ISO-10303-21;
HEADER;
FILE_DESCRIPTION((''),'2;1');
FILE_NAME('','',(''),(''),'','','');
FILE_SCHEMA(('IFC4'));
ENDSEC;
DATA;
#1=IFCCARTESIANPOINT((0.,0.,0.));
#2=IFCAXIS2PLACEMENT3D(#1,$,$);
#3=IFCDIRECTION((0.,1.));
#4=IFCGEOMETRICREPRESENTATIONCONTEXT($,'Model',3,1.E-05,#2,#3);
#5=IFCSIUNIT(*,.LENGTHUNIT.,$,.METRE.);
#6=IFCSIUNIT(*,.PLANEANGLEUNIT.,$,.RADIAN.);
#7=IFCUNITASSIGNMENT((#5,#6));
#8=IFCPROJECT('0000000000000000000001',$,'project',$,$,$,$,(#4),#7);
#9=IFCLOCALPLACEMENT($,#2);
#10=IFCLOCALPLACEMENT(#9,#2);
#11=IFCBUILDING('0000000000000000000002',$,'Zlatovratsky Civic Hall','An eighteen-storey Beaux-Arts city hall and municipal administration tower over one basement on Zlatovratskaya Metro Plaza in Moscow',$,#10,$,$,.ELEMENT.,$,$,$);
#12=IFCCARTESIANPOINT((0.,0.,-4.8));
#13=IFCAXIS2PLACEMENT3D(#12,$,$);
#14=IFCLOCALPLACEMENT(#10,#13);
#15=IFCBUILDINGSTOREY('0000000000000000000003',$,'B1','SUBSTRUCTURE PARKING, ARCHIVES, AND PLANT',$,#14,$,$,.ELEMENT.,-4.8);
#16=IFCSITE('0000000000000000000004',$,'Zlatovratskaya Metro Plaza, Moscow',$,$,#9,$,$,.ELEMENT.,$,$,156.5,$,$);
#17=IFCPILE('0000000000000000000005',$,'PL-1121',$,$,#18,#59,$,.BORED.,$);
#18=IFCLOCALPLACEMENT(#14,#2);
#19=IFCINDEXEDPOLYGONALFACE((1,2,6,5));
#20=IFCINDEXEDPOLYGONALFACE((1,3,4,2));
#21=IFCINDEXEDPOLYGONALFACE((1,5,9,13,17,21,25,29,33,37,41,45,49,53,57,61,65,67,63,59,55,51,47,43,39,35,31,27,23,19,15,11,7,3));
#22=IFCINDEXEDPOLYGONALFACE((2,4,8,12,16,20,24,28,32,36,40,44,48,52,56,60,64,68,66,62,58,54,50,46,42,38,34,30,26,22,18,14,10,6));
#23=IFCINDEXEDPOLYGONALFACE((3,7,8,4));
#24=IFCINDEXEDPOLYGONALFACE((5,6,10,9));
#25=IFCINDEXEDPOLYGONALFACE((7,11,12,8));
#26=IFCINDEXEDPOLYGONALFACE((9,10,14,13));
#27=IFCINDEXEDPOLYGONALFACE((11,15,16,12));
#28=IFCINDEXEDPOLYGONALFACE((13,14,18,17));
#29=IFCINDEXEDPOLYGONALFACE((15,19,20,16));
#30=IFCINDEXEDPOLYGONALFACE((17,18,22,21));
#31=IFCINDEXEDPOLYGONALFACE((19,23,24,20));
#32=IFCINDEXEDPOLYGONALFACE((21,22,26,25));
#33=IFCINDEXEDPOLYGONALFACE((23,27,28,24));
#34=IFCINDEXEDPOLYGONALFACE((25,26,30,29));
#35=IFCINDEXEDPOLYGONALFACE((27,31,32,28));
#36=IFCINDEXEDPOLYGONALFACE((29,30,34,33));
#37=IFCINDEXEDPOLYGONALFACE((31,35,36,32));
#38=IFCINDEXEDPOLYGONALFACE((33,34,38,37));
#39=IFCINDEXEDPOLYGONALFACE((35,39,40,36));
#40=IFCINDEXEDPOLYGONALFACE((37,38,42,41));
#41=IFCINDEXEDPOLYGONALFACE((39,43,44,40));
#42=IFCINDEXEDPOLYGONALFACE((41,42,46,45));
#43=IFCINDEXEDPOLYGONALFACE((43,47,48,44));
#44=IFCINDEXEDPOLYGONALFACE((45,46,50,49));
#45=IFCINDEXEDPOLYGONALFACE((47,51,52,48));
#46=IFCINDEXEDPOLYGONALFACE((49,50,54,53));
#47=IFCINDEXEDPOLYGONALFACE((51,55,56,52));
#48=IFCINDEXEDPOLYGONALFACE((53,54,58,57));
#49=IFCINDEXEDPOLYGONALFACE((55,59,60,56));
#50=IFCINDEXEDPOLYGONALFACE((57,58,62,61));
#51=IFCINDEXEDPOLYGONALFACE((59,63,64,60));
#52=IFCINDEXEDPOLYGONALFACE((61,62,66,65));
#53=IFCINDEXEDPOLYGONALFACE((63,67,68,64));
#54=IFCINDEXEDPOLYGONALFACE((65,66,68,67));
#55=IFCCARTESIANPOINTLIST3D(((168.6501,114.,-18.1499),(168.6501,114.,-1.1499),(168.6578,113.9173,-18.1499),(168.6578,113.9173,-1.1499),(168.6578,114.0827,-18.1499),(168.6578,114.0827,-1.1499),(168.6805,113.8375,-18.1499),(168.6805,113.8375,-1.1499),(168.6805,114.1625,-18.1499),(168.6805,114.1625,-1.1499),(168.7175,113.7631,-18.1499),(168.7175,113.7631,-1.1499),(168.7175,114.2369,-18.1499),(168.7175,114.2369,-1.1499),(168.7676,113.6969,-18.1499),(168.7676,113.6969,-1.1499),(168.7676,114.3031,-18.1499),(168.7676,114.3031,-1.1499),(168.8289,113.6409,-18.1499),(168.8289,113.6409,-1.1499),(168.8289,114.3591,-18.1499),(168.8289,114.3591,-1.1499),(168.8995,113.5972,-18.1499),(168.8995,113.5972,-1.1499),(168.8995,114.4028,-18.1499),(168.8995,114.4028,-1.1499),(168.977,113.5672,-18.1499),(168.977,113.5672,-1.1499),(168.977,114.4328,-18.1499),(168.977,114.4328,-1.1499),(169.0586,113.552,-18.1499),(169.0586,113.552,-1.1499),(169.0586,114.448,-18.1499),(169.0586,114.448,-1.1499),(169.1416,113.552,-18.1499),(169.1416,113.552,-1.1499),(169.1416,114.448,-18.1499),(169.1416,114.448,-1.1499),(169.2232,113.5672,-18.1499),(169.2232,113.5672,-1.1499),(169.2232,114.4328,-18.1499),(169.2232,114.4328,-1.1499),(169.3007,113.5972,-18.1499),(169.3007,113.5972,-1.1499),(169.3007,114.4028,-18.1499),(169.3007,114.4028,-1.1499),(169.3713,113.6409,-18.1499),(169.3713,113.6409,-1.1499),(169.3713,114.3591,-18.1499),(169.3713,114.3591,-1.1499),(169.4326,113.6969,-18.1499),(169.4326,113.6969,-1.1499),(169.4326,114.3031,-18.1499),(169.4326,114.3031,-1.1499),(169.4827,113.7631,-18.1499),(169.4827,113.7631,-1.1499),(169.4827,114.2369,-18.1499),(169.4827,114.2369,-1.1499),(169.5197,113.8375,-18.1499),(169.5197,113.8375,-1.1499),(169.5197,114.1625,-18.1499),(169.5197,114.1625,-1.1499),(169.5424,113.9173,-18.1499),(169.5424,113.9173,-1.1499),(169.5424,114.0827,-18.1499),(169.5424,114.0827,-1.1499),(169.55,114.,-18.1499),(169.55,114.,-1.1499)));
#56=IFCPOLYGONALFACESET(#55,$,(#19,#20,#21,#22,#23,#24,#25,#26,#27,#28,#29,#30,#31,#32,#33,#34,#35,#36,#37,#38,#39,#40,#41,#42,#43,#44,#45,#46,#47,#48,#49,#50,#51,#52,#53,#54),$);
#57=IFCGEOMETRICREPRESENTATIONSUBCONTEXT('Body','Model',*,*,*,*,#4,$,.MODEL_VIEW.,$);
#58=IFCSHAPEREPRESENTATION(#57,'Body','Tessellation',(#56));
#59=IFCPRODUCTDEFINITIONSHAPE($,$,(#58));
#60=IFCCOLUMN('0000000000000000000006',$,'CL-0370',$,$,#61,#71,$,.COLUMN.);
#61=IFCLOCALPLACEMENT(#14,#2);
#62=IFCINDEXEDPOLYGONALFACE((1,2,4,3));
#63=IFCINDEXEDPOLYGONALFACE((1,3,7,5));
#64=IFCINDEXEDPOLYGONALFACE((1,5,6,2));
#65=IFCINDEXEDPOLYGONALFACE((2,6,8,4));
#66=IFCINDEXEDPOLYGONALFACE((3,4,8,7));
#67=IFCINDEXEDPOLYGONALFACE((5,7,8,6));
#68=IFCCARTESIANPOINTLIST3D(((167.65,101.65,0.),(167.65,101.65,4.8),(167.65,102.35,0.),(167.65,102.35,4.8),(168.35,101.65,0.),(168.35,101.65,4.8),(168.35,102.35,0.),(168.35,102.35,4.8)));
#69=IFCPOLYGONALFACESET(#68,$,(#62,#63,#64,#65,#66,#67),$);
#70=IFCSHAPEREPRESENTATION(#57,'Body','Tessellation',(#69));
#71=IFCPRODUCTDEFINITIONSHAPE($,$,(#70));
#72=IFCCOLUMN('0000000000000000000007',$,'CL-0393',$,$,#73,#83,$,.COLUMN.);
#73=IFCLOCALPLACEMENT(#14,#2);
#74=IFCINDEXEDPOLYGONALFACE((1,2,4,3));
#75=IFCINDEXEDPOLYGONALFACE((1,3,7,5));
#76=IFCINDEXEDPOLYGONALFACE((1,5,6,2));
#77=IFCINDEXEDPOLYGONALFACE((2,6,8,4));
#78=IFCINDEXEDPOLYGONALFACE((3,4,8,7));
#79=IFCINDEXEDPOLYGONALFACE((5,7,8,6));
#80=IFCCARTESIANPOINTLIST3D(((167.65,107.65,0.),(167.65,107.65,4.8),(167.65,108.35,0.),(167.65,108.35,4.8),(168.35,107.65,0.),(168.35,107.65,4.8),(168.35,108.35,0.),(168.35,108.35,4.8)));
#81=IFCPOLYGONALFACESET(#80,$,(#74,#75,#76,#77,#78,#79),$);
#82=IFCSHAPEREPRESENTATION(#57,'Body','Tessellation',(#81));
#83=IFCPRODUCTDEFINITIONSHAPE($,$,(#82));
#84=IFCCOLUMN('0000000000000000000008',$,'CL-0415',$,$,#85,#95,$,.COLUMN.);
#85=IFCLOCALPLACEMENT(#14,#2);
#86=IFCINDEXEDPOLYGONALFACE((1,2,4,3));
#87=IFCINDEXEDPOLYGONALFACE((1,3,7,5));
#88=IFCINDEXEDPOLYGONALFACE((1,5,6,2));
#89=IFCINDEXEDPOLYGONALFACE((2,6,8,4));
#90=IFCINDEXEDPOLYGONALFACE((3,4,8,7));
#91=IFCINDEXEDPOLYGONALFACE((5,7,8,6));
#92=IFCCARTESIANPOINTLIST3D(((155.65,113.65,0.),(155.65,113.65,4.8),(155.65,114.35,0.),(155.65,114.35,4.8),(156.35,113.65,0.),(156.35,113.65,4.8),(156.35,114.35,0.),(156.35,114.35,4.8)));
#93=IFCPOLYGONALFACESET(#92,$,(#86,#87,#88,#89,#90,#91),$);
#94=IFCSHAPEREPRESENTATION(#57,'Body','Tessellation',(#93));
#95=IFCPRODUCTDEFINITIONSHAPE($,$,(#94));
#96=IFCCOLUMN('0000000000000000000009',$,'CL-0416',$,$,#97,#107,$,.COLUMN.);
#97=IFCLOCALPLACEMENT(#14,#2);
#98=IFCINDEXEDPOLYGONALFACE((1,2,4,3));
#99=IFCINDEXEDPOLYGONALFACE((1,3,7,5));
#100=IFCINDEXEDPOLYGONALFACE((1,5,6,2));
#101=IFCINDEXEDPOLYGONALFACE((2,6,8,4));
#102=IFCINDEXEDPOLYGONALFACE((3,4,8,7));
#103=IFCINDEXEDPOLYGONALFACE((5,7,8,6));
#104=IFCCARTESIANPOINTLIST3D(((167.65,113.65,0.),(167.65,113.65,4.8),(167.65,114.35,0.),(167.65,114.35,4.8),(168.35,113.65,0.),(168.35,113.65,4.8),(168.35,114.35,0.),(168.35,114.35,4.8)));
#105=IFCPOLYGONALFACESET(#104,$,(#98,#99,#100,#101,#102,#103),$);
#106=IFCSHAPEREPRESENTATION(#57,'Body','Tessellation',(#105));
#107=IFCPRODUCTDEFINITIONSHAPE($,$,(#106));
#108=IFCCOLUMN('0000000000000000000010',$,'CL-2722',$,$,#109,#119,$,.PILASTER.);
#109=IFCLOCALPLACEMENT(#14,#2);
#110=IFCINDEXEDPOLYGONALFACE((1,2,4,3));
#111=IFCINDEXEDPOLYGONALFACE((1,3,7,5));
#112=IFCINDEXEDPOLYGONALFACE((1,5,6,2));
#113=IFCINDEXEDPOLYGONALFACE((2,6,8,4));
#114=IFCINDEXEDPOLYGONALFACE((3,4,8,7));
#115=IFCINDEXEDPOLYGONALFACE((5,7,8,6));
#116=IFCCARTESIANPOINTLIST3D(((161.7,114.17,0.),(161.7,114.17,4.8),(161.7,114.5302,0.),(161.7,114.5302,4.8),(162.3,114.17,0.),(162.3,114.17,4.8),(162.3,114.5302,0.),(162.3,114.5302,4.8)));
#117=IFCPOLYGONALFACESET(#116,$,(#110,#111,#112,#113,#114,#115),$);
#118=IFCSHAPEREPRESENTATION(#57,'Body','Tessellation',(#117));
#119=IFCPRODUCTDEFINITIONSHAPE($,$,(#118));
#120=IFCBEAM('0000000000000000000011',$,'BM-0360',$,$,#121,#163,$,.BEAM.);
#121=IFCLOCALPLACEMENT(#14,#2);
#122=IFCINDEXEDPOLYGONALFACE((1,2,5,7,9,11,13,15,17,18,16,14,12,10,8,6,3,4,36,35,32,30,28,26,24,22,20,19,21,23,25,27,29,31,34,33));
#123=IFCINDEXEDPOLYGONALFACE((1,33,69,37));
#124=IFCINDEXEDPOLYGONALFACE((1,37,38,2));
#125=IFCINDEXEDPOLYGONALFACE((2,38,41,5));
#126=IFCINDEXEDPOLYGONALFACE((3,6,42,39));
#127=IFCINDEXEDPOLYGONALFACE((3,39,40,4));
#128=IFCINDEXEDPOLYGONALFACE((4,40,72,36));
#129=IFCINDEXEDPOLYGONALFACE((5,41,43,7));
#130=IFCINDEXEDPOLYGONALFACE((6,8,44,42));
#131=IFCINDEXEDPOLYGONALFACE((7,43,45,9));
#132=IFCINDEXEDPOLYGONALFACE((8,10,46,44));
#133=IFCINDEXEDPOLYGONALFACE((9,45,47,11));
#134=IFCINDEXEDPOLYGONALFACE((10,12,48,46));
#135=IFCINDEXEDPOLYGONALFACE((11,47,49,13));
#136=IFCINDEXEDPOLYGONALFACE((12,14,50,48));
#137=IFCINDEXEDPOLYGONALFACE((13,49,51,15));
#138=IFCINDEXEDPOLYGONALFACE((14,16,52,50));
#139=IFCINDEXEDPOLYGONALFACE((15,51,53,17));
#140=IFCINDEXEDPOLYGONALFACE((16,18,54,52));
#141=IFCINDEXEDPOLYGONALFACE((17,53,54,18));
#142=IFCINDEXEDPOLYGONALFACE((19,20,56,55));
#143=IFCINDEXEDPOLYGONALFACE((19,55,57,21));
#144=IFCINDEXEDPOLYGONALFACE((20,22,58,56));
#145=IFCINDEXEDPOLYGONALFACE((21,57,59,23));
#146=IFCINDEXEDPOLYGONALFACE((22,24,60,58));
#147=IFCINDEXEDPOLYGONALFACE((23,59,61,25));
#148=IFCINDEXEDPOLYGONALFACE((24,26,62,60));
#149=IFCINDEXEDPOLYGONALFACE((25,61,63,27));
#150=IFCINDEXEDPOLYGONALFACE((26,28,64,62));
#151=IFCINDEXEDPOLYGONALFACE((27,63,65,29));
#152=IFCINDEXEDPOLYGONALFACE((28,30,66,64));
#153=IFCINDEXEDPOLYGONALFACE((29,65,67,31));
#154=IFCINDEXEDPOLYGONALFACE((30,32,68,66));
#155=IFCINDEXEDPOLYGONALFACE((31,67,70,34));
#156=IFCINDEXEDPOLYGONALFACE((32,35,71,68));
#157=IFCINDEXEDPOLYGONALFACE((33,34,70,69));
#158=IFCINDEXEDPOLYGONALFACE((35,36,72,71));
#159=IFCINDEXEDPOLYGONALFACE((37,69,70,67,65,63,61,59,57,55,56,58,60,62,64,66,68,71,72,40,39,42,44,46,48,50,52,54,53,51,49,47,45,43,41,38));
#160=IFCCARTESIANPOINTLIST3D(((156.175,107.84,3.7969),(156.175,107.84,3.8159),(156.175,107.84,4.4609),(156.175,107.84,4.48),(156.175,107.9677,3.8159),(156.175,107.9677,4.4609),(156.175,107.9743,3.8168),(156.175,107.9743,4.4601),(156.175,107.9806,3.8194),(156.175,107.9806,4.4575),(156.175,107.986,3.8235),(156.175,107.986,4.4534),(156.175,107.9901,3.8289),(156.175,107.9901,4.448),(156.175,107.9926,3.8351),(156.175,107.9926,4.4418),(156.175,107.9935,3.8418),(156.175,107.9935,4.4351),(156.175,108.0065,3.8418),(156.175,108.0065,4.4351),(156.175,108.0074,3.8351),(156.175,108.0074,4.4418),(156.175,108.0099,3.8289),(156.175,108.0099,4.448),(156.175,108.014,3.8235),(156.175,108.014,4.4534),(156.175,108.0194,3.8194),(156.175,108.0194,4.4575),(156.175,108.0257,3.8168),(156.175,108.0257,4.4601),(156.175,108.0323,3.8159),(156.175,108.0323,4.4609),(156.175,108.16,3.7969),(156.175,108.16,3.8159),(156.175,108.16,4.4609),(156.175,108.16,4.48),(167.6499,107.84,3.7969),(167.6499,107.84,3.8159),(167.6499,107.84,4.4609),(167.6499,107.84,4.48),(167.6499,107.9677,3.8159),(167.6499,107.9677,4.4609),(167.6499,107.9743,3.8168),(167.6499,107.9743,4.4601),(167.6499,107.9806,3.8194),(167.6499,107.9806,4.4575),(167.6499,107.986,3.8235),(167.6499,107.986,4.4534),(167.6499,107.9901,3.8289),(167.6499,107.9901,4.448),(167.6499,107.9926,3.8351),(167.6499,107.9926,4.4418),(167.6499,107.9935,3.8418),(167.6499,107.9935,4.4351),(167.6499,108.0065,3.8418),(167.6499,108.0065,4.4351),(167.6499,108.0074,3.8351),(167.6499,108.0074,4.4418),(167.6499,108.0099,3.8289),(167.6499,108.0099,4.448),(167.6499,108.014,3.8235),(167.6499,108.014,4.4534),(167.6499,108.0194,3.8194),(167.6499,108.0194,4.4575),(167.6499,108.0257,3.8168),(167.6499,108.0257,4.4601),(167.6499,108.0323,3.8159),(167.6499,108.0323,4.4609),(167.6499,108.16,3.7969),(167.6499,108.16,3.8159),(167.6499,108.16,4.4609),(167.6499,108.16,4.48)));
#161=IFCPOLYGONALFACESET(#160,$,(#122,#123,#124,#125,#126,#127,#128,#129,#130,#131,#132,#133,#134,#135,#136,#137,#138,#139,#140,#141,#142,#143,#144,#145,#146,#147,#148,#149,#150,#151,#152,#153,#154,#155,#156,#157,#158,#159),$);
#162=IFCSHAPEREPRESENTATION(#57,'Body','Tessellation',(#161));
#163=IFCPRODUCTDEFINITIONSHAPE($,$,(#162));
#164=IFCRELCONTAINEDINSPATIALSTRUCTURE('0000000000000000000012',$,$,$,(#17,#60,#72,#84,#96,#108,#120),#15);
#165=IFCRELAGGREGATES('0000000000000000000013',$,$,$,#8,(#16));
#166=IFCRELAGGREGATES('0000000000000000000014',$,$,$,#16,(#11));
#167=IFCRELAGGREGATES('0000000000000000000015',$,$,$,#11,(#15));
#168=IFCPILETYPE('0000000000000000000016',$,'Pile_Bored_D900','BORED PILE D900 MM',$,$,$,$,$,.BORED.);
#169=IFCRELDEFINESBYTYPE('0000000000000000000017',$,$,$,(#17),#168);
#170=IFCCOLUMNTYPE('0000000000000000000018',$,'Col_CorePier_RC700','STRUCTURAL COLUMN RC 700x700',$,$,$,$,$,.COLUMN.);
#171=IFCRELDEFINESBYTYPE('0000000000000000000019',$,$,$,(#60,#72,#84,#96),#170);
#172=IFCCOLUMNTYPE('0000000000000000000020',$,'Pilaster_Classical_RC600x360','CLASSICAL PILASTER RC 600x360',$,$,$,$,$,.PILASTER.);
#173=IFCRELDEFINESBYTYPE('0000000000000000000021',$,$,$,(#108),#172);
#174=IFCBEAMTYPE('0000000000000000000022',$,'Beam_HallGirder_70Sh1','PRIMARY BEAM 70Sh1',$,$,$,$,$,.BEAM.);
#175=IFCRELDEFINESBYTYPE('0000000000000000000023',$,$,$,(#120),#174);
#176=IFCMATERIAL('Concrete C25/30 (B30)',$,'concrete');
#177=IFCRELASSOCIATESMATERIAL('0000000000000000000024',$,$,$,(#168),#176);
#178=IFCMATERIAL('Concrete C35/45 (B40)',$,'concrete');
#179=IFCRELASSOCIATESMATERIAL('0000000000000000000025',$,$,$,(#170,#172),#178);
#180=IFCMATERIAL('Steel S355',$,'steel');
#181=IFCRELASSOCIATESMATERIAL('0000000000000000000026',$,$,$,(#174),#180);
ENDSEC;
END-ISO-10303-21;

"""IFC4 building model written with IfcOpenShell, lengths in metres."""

from ifc_helpers import new_model, si_unit, direction, frame, origin, origin_2d, place, context, subcontext, project, spatial, rectangle, circle, i_section, extrude, material, material_profile, profile_set, type_object, element, save


model = new_model("IFC4")

# Units and contexts
model_context = context("Model", 3, precision=1e-05, world=origin(), true_north=direction((0.0, 1.0)))
body_context = subcontext(model_context, "Body", "Model", "MODEL_VIEW")
ifc_project = project(units=[si_unit("LENGTHUNIT", "METRE"), si_unit("PLANEANGLEUNIT", "RADIAN")], contexts=[model_context])

# Site, building, storey
site_placement = place(None, origin())
site = spatial("IfcSite", under=ifc_project, at=site_placement, Name="Zlatovratskaya Metro Plaza, Moscow", CompositionType="ELEMENT", RefElevation=156.5)
building_placement = place(site_placement, origin())
building = spatial("IfcBuilding", under=site, at=building_placement, Name="Zlatovratsky Civic Hall", Description="An eighteen-storey Beaux-Arts city hall and municipal administration tower over one basement on Zlatovratskaya Metro Plaza in Moscow", CompositionType="ELEMENT")
storey_placement = place(building_placement, frame((0.0, 0.0, -4.8)))
storey = spatial("IfcBuildingStorey", under=building, at=storey_placement, Name="B1", Description="SUBSTRUCTURE PARKING, ARCHIVES, AND PLANT", CompositionType="ELEMENT", Elevation=-4.8)

# Shared definitions
ifc_material_1 = material(Name="Concrete C25/30 (B30)", Category="concrete")

# Pile
ifc_material_profile_1 = material_profile(ifc_material_1, circle(Radius=0.45, at=origin_2d()), Name="PILE D900")
ifc_profile_set_1 = profile_set([ifc_material_profile_1], Name="Concrete C25/30 (B30)")
pile_type_1 = type_object("IfcPileType", Name="Pile_Bored_D900", Description="BORED PILE D900 MM", PredefinedType="BORED", material=ifc_profile_set_1)
for number, where, z_axis, x_axis, name in (
    (1, (169.1001, 114.0, -1.1499), (0.0, 0.0, -1.0), (1.0, 0.0, 0.0), "PL-1121"),
):
    element("IfcPile", number, at=place(storey_placement, frame(where, z_axis=z_axis, x_axis=x_axis)), inside=storey, type_object=pile_type_1, Name=name, PredefinedType="BORED", context=body_context, shape_type="SweptSolid", body=[
        extrude(circle(Radius=0.45, at=origin_2d()), origin(), (0.0, 0.0, 1.0), 17.0),
    ])

# Columns
ifc_material_2 = material(Name="Concrete C35/45 (B40)", Category="concrete")
ifc_material_profile_2 = material_profile(ifc_material_2, rectangle(XDim=0.7, YDim=0.7, at=origin_2d()), Name="RC 700x700")
ifc_profile_set_2 = profile_set([ifc_material_profile_2], Name="Concrete C35/45 (B40)")
column_type_1 = type_object("IfcColumnType", Name="Col_CorePier_RC700", Description="STRUCTURAL COLUMN RC 700x700", PredefinedType="COLUMN", material=ifc_profile_set_2)
for number, where, z_axis, x_axis, name in (
    (2, (168.0, 102.0, 0.0), (0.0, 0.0, 1.0), (1.0, 0.0, 0.0), "CL-0370"),
    (3, (168.0, 108.0, 0.0), (0.0, 0.0, 1.0), (1.0, 0.0, 0.0), "CL-0393"),
    (4, (156.0, 114.0, 0.0), (0.0, 0.0, 1.0), (1.0, 0.0, 0.0), "CL-0415"),
    (5, (168.0, 114.0, 0.0), (0.0, 0.0, 1.0), (1.0, 0.0, 0.0), "CL-0416"),
):
    element("IfcColumn", number, at=place(storey_placement, frame(where, z_axis=z_axis, x_axis=x_axis)), inside=storey, type_object=column_type_1, Name=name, PredefinedType="COLUMN", context=body_context, shape_type="SweptSolid", body=[
        extrude(rectangle(XDim=0.7, YDim=0.7, at=origin_2d()), origin(), (0.0, 0.0, 1.0), 4.8),
    ])
ifc_material_profile_3 = material_profile(ifc_material_2, rectangle(XDim=0.6001, YDim=0.3601, at=origin_2d()), Name="RC 600x360")
ifc_profile_set_3 = profile_set([ifc_material_profile_3], Name="Concrete C35/45 (B40)")
column_type_2 = type_object("IfcColumnType", Name="Pilaster_Classical_RC600x360", Description="CLASSICAL PILASTER RC 600x360", PredefinedType="PILASTER", material=ifc_profile_set_3)
column_placement = place(storey_placement, frame((162.0, 114.3501, 0.0), z_axis=(0.0, 0.0, 1.0), x_axis=(1.0, 0.0, 0.0)))
element("IfcColumn", 6, at=column_placement, inside=storey, type_object=column_type_2, Name="CL-2722", PredefinedType="PILASTER", context=body_context, shape_type="SweptSolid", body=[
    extrude(rectangle(XDim=0.6001, YDim=0.3601, at=origin_2d()), origin(), (0.0, 0.0, 1.0), 4.8),
])

# Beam
ifc_material_3 = material(Name="Steel S355", Category="steel")
ifc_material_profile_4 = material_profile(ifc_material_3, i_section(OverallWidth=0.3201, OverallDepth=0.6831, WebThickness=0.0129, FlangeThickness=0.019, FilletRadius=0.0259, at=origin_2d()), Name="70Sh1")
ifc_profile_set_4 = profile_set([ifc_material_profile_4], Name="Steel S355")
beam_type_1 = type_object("IfcBeamType", Name="Beam_HallGirder_70Sh1", Description="PRIMARY BEAM 70Sh1", PredefinedType="BEAM", material=ifc_profile_set_4)
beam_1_placement = place(storey_placement, frame((156.175, 108.0, 4.1384), z_axis=(1.0, 0.0, 0.0), x_axis=(0.0, 1.0, 0.0)))
element("IfcBeam", 7, at=beam_1_placement, inside=storey, type_object=beam_type_1, Name="BM-0360", PredefinedType="BEAM", context=body_context, shape_type="SweptSolid", body=[
    extrude(i_section(OverallWidth=0.3201, OverallDepth=0.6831, WebThickness=0.0129, FlangeThickness=0.019, FilletRadius=0.0259, at=origin_2d()), origin(), (0.0, 0.0, 1.0), 11.4749),
])

save(model, "model.ifc")
